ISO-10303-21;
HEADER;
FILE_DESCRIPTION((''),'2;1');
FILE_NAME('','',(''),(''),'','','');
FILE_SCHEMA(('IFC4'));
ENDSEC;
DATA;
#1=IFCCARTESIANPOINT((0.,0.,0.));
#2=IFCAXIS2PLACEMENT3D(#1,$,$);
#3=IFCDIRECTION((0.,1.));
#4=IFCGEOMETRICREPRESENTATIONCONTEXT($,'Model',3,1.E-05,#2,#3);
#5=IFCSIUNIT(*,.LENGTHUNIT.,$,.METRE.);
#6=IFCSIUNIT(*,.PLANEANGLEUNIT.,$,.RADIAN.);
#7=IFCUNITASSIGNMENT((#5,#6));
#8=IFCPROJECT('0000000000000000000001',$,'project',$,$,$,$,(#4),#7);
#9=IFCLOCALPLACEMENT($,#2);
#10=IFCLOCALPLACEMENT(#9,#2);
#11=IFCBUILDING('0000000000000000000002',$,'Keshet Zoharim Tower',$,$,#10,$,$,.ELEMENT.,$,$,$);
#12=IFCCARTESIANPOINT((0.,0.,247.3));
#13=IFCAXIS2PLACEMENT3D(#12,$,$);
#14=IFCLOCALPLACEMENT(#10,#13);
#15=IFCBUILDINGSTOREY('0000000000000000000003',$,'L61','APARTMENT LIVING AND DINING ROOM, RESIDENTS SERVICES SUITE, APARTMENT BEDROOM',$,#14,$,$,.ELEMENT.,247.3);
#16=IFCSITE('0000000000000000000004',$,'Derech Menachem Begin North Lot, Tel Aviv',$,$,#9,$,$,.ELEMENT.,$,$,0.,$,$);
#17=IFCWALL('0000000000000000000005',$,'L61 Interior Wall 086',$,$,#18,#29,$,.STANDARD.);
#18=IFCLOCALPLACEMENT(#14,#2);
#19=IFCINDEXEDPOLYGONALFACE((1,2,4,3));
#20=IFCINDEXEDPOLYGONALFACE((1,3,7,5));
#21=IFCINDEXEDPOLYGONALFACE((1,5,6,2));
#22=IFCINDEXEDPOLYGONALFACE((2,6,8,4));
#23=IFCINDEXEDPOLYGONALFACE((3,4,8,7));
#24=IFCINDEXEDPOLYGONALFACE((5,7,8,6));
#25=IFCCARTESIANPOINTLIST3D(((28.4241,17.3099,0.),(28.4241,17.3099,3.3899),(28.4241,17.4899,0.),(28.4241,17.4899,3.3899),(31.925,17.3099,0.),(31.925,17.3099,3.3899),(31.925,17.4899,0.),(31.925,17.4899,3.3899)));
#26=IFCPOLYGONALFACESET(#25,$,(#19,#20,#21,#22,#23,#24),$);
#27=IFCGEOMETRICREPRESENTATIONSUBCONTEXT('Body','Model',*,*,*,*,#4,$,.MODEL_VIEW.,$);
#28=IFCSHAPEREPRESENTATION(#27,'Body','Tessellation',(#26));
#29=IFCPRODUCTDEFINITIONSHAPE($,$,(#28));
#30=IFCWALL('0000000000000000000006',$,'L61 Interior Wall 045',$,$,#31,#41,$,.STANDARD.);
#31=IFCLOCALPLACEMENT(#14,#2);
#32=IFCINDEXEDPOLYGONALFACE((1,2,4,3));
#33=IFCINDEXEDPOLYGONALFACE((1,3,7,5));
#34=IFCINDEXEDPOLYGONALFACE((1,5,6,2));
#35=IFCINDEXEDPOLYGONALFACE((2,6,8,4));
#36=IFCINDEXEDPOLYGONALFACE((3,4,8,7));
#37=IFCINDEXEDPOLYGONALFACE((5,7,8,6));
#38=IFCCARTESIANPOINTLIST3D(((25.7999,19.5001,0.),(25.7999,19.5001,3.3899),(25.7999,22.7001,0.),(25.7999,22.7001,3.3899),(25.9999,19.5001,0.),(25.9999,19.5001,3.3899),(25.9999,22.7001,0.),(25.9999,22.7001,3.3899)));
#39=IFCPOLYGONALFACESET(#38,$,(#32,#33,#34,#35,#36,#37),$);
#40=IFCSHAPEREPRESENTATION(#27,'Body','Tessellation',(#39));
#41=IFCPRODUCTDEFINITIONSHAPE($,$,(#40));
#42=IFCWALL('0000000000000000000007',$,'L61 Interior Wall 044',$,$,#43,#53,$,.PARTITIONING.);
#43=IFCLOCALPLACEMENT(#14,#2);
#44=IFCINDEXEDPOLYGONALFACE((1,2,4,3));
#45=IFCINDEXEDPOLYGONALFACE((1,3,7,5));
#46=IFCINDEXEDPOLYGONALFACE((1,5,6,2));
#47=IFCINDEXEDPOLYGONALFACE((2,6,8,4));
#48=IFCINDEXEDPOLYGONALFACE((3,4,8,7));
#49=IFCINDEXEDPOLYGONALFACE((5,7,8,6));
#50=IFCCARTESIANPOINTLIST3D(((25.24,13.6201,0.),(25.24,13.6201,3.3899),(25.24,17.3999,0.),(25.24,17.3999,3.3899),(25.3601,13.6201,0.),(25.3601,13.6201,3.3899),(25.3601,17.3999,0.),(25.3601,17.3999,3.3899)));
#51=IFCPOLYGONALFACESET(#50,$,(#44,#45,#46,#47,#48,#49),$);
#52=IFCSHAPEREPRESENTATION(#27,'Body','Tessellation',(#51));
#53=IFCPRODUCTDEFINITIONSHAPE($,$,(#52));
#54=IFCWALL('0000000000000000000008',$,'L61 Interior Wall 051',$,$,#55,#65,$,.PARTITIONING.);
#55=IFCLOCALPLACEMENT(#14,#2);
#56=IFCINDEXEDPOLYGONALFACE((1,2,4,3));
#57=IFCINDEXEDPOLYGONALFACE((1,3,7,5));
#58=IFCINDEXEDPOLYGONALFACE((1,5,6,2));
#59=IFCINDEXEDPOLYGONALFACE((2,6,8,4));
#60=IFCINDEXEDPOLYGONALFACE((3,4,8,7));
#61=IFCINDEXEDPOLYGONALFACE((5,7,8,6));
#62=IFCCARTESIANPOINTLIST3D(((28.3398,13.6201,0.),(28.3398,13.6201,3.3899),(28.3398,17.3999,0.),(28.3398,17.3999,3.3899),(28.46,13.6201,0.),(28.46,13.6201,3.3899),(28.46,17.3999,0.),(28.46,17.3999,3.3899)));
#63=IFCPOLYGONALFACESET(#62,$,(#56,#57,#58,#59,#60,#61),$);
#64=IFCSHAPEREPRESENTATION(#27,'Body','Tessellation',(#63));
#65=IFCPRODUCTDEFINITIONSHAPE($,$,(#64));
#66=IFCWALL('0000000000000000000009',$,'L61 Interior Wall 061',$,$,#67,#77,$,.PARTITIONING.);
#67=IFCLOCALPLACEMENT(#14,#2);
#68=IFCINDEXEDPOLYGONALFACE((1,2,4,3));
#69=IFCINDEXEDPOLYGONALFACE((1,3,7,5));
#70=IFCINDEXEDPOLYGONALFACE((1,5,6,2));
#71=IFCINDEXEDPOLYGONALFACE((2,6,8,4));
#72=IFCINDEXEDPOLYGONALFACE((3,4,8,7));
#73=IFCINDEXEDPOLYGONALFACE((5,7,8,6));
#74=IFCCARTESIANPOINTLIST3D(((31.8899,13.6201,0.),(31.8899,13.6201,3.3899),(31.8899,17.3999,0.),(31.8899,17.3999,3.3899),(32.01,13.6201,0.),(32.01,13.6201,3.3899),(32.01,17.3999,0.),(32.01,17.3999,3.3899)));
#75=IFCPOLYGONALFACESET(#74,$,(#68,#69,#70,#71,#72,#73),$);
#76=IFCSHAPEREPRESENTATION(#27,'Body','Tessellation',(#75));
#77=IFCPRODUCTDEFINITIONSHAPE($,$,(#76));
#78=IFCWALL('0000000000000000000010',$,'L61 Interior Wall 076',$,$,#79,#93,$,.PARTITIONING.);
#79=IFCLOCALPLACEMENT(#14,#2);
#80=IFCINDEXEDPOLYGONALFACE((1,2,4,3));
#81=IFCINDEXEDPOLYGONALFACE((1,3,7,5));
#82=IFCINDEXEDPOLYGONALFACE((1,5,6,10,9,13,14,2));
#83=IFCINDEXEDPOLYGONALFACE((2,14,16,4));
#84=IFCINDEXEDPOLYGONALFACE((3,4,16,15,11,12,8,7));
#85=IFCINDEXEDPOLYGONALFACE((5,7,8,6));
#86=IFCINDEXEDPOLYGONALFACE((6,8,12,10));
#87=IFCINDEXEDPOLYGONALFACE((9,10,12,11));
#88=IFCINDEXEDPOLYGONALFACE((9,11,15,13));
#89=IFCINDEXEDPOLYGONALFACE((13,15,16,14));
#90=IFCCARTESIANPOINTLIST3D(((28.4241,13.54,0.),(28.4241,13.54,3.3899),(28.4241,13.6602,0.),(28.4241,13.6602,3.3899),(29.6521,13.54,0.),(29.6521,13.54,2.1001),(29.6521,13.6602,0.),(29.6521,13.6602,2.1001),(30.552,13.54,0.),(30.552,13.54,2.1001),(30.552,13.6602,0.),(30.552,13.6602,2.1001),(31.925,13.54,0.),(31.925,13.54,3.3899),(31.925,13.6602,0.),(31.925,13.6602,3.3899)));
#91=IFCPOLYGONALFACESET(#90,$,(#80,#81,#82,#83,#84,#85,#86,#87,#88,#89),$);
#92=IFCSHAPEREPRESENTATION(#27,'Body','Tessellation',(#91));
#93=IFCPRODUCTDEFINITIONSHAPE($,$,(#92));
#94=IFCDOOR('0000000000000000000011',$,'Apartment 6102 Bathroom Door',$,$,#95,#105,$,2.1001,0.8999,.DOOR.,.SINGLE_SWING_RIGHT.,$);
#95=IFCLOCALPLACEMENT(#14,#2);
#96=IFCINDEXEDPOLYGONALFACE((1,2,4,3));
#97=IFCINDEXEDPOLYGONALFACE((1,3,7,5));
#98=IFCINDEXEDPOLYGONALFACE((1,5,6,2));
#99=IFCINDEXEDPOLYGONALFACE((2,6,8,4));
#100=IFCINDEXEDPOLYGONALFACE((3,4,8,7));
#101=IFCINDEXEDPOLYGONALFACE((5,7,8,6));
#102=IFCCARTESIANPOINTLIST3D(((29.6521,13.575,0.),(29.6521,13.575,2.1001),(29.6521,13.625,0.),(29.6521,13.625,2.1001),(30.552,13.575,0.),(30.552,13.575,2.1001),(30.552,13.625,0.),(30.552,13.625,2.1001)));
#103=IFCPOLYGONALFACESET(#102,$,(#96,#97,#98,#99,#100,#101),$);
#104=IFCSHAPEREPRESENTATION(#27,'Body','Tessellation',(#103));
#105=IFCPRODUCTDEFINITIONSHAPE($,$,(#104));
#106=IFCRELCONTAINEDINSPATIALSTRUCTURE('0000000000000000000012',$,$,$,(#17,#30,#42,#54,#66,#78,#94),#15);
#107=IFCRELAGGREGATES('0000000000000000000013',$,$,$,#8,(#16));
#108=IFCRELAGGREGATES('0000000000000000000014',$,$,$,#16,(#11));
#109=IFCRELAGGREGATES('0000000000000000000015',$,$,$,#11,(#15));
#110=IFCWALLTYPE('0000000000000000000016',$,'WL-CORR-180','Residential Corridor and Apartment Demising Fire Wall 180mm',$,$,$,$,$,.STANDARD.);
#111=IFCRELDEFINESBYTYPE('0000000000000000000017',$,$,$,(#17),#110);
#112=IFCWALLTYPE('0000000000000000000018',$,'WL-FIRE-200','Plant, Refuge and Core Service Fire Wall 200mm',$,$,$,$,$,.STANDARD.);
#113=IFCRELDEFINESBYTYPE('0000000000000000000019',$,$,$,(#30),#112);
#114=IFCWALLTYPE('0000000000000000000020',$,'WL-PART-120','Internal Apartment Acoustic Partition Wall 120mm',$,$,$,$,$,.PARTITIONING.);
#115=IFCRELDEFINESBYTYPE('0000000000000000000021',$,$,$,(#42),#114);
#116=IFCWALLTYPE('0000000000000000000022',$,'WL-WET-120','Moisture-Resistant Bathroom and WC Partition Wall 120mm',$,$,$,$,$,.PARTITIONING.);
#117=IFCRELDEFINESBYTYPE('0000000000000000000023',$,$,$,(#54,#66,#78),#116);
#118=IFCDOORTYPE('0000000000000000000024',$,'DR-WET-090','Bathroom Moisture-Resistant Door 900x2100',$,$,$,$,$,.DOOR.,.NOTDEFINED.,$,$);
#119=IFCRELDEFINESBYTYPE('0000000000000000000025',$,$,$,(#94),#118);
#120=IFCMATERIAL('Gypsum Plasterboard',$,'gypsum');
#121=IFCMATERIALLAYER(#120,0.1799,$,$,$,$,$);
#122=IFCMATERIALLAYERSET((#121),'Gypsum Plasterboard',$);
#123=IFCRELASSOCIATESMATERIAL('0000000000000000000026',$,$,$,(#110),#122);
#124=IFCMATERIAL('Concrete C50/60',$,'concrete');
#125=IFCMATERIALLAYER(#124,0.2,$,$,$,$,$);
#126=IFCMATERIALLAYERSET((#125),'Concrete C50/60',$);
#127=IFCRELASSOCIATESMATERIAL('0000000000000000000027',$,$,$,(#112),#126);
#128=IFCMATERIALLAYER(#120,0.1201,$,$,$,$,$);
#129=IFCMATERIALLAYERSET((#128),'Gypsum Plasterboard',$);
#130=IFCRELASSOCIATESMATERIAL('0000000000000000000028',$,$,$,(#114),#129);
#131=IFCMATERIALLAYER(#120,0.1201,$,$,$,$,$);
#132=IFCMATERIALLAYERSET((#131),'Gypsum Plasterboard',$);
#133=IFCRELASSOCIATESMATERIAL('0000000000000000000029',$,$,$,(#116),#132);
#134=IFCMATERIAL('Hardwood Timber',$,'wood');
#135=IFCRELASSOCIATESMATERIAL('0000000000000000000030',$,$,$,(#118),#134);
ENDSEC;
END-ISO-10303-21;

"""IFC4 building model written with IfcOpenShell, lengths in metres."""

from ifc_helpers import new_model, si_unit, direction, frame, frame_2d, origin, place, context, subcontext, project, spatial, rectangle, extrude, material, layer, layer_set, type_object, element, fill, save


model = new_model("IFC4")

# Units and contexts
model_context = context("Model", 3, precision=1e-05, world=origin(), true_north=direction((0.0, 1.0)))
body_context = subcontext(model_context, "Body", "Model", "MODEL_VIEW")
ifc_project = project(units=[si_unit("LENGTHUNIT", "METRE"), si_unit("PLANEANGLEUNIT", "RADIAN")], contexts=[model_context])

# Site, building, storey
site_placement = place(None, origin())
site = spatial("IfcSite", under=ifc_project, at=site_placement, Name="Derech Menachem Begin North Lot, Tel Aviv", CompositionType="ELEMENT", RefElevation=0.0)
building_placement = place(site_placement, origin())
building = spatial("IfcBuilding", under=site, at=building_placement, Name="Keshet Zoharim Tower", CompositionType="ELEMENT")
storey_placement = place(building_placement, frame((0.0, 0.0, 247.3)))
storey = spatial("IfcBuildingStorey", under=building, at=storey_placement, Name="L61", Description="APARTMENT LIVING AND DINING ROOM, RESIDENTS SERVICES SUITE, APARTMENT BEDROOM", CompositionType="ELEMENT", Elevation=247.3)

# Shared definitions
ifc_material_1 = material(Name="Gypsum Plasterboard", Category="gypsum")

# Shared definitions
ifc_material_2 = material(Name="Hardwood Timber", Category="wood")

# Wall
ifc_layer_1 = layer(ifc_material_1, 0.1799)
ifc_layer_set_1 = layer_set([ifc_layer_1], Name="Gypsum Plasterboard")
wall_type_1 = type_object("IfcWallType", Name="WL-CORR-180", Description="Residential Corridor and Apartment Demising Fire Wall 180mm", PredefinedType="STANDARD", material=ifc_layer_set_1)
wall_1_placement = place(storey_placement, frame((28.4241, 17.3999, 0.0), z_axis=(0.0, 0.0, 1.0), x_axis=(1.0, 0.0, 0.0)))
element("IfcWall", 1, at=wall_1_placement, inside=storey, type_object=wall_type_1, Name="L61 Interior Wall 086", PredefinedType="STANDARD", context=body_context, shape_type="SweptSolid", body=[
    extrude(rectangle(XDim=3.501, YDim=0.1799, at=frame_2d((1.7505, 0.0))), origin(), (0.0, 0.0, 1.0), 3.3899),
])

# Wall
ifc_material_3 = material(Name="Concrete C50/60", Category="concrete")
ifc_layer_2 = layer(ifc_material_3, 0.2)
ifc_layer_set_2 = layer_set([ifc_layer_2], Name="Concrete C50/60")
wall_type_2 = type_object("IfcWallType", Name="WL-FIRE-200", Description="Plant, Refuge and Core Service Fire Wall 200mm", PredefinedType="STANDARD", material=ifc_layer_set_2)
wall_2_placement = place(storey_placement, frame((25.8999, 19.5, 0.0), z_axis=(0.0, 0.0, 1.0), x_axis=(0.0, 1.0, 0.0)))
element("IfcWall", 2, at=wall_2_placement, inside=storey, type_object=wall_type_2, Name="L61 Interior Wall 045", PredefinedType="STANDARD", context=body_context, shape_type="SweptSolid", body=[
    extrude(rectangle(XDim=3.2, YDim=0.2, at=frame_2d((1.6001, 0.0))), origin(), (0.0, 0.0, 1.0), 3.3899),
])

# Wall
ifc_layer_3 = layer(ifc_material_1, 0.1201)
ifc_layer_set_3 = layer_set([ifc_layer_3], Name="Gypsum Plasterboard")
wall_type_3 = type_object("IfcWallType", Name="WL-PART-120", Description="Internal Apartment Acoustic Partition Wall 120mm", PredefinedType="PARTITIONING", material=ifc_layer_set_3)
wall_3_placement = place(storey_placement, frame((25.3, 13.6201, 0.0), z_axis=(0.0, 0.0, 1.0), x_axis=(0.0, 1.0, 0.0)))
element("IfcWall", 3, at=wall_3_placement, inside=storey, type_object=wall_type_3, Name="L61 Interior Wall 044", PredefinedType="PARTITIONING", context=body_context, shape_type="SweptSolid", body=[
    extrude(rectangle(XDim=3.7798, YDim=0.1201, at=frame_2d((1.8899, 0.0))), origin(), (0.0, 0.0, 1.0), 3.3899),
])

# Walls
ifc_layer_4 = layer(ifc_material_1, 0.1201)
ifc_layer_set_4 = layer_set([ifc_layer_4], Name="Gypsum Plasterboard")
wall_type_4 = type_object("IfcWallType", Name="WL-WET-120", Description="Moisture-Resistant Bathroom and WC Partition Wall 120mm", PredefinedType="PARTITIONING", material=ifc_layer_set_4)
for number, where, z_axis, x_axis, name in (
    (4, (28.3999, 13.6201, 0.0), (0.0, 0.0, 1.0), (0.0, 1.0, 0.0), "L61 Interior Wall 051"),
    (5, (31.95, 13.6201, 0.0), (0.0, 0.0, 1.0), (0.0, 1.0, 0.0), "L61 Interior Wall 061"),
):
    element("IfcWall", number, at=place(storey_placement, frame(where, z_axis=z_axis, x_axis=x_axis)), inside=storey, type_object=wall_type_4, Name=name, PredefinedType="PARTITIONING", context=body_context, shape_type="SweptSolid", body=[
        extrude(rectangle(XDim=3.7798, YDim=0.1201, at=frame_2d((1.8899, 0.0))), origin(), (0.0, 0.0, 1.0), 3.3899),
    ])

# Wall, opening, door
wall_4_placement = place(storey_placement, frame((28.4241, 13.6001, 0.0), z_axis=(0.0, 0.0, 1.0), x_axis=(1.0, 0.0, 0.0)))
wall_4 = element("IfcWall", 6, at=wall_4_placement, inside=storey, type_object=wall_type_4, Name="L61 Interior Wall 076", PredefinedType="PARTITIONING", context=body_context, shape_type="SweptSolid", body=[
    extrude(rectangle(XDim=3.501, YDim=0.1201, at=frame_2d((1.7505, 0.0))), origin(), (0.0, 0.0, 1.0), 3.3899),
])
opening_1_placement = place(wall_4_placement, frame((1.228, 0.0, 0.0)))
opening_1 = element("IfcOpeningElement", 7, at=opening_1_placement, cuts=wall_4, PredefinedType="OPENING", context=body_context, shape_type="SweptSolid", body=[
    extrude(rectangle(XDim=0.8999, YDim=2.1001, at=frame_2d((0.45, 1.05))), frame((0.0, 0.0701, 0.0), z_axis=(0.0, -1.0, 0.0), x_axis=(1.0, 0.0, 0.0)), (0.0, 0.0, 1.0), 0.1401),
])
door_type_1 = type_object("IfcDoorType", Name="DR-WET-090", Description="Bathroom Moisture-Resistant Door 900x2100", OperationType="NOTDEFINED", PredefinedType="DOOR", material=ifc_material_2)
door_1_placement = place(opening_1_placement, origin())
door_1 = element("IfcDoor", 8, at=door_1_placement, inside=storey, type_object=door_type_1, Name="Apartment 6102 Bathroom Door", OperationType="SINGLE_SWING_RIGHT", OverallHeight=2.1001, OverallWidth=0.8999, PredefinedType="DOOR", context=body_context, shape_type="SweptSolid", body=[
    extrude(rectangle(XDim=0.8999, YDim=2.1001, at=frame_2d((0.45, 1.05))), frame((0.0, 0.0249, 0.0), z_axis=(0.0, -1.0, 0.0), x_axis=(1.0, 0.0, 0.0)), (0.0, 0.0, 1.0), 0.05),
])
fill(opening_1, door_1)

save(model, "model.ifc")
